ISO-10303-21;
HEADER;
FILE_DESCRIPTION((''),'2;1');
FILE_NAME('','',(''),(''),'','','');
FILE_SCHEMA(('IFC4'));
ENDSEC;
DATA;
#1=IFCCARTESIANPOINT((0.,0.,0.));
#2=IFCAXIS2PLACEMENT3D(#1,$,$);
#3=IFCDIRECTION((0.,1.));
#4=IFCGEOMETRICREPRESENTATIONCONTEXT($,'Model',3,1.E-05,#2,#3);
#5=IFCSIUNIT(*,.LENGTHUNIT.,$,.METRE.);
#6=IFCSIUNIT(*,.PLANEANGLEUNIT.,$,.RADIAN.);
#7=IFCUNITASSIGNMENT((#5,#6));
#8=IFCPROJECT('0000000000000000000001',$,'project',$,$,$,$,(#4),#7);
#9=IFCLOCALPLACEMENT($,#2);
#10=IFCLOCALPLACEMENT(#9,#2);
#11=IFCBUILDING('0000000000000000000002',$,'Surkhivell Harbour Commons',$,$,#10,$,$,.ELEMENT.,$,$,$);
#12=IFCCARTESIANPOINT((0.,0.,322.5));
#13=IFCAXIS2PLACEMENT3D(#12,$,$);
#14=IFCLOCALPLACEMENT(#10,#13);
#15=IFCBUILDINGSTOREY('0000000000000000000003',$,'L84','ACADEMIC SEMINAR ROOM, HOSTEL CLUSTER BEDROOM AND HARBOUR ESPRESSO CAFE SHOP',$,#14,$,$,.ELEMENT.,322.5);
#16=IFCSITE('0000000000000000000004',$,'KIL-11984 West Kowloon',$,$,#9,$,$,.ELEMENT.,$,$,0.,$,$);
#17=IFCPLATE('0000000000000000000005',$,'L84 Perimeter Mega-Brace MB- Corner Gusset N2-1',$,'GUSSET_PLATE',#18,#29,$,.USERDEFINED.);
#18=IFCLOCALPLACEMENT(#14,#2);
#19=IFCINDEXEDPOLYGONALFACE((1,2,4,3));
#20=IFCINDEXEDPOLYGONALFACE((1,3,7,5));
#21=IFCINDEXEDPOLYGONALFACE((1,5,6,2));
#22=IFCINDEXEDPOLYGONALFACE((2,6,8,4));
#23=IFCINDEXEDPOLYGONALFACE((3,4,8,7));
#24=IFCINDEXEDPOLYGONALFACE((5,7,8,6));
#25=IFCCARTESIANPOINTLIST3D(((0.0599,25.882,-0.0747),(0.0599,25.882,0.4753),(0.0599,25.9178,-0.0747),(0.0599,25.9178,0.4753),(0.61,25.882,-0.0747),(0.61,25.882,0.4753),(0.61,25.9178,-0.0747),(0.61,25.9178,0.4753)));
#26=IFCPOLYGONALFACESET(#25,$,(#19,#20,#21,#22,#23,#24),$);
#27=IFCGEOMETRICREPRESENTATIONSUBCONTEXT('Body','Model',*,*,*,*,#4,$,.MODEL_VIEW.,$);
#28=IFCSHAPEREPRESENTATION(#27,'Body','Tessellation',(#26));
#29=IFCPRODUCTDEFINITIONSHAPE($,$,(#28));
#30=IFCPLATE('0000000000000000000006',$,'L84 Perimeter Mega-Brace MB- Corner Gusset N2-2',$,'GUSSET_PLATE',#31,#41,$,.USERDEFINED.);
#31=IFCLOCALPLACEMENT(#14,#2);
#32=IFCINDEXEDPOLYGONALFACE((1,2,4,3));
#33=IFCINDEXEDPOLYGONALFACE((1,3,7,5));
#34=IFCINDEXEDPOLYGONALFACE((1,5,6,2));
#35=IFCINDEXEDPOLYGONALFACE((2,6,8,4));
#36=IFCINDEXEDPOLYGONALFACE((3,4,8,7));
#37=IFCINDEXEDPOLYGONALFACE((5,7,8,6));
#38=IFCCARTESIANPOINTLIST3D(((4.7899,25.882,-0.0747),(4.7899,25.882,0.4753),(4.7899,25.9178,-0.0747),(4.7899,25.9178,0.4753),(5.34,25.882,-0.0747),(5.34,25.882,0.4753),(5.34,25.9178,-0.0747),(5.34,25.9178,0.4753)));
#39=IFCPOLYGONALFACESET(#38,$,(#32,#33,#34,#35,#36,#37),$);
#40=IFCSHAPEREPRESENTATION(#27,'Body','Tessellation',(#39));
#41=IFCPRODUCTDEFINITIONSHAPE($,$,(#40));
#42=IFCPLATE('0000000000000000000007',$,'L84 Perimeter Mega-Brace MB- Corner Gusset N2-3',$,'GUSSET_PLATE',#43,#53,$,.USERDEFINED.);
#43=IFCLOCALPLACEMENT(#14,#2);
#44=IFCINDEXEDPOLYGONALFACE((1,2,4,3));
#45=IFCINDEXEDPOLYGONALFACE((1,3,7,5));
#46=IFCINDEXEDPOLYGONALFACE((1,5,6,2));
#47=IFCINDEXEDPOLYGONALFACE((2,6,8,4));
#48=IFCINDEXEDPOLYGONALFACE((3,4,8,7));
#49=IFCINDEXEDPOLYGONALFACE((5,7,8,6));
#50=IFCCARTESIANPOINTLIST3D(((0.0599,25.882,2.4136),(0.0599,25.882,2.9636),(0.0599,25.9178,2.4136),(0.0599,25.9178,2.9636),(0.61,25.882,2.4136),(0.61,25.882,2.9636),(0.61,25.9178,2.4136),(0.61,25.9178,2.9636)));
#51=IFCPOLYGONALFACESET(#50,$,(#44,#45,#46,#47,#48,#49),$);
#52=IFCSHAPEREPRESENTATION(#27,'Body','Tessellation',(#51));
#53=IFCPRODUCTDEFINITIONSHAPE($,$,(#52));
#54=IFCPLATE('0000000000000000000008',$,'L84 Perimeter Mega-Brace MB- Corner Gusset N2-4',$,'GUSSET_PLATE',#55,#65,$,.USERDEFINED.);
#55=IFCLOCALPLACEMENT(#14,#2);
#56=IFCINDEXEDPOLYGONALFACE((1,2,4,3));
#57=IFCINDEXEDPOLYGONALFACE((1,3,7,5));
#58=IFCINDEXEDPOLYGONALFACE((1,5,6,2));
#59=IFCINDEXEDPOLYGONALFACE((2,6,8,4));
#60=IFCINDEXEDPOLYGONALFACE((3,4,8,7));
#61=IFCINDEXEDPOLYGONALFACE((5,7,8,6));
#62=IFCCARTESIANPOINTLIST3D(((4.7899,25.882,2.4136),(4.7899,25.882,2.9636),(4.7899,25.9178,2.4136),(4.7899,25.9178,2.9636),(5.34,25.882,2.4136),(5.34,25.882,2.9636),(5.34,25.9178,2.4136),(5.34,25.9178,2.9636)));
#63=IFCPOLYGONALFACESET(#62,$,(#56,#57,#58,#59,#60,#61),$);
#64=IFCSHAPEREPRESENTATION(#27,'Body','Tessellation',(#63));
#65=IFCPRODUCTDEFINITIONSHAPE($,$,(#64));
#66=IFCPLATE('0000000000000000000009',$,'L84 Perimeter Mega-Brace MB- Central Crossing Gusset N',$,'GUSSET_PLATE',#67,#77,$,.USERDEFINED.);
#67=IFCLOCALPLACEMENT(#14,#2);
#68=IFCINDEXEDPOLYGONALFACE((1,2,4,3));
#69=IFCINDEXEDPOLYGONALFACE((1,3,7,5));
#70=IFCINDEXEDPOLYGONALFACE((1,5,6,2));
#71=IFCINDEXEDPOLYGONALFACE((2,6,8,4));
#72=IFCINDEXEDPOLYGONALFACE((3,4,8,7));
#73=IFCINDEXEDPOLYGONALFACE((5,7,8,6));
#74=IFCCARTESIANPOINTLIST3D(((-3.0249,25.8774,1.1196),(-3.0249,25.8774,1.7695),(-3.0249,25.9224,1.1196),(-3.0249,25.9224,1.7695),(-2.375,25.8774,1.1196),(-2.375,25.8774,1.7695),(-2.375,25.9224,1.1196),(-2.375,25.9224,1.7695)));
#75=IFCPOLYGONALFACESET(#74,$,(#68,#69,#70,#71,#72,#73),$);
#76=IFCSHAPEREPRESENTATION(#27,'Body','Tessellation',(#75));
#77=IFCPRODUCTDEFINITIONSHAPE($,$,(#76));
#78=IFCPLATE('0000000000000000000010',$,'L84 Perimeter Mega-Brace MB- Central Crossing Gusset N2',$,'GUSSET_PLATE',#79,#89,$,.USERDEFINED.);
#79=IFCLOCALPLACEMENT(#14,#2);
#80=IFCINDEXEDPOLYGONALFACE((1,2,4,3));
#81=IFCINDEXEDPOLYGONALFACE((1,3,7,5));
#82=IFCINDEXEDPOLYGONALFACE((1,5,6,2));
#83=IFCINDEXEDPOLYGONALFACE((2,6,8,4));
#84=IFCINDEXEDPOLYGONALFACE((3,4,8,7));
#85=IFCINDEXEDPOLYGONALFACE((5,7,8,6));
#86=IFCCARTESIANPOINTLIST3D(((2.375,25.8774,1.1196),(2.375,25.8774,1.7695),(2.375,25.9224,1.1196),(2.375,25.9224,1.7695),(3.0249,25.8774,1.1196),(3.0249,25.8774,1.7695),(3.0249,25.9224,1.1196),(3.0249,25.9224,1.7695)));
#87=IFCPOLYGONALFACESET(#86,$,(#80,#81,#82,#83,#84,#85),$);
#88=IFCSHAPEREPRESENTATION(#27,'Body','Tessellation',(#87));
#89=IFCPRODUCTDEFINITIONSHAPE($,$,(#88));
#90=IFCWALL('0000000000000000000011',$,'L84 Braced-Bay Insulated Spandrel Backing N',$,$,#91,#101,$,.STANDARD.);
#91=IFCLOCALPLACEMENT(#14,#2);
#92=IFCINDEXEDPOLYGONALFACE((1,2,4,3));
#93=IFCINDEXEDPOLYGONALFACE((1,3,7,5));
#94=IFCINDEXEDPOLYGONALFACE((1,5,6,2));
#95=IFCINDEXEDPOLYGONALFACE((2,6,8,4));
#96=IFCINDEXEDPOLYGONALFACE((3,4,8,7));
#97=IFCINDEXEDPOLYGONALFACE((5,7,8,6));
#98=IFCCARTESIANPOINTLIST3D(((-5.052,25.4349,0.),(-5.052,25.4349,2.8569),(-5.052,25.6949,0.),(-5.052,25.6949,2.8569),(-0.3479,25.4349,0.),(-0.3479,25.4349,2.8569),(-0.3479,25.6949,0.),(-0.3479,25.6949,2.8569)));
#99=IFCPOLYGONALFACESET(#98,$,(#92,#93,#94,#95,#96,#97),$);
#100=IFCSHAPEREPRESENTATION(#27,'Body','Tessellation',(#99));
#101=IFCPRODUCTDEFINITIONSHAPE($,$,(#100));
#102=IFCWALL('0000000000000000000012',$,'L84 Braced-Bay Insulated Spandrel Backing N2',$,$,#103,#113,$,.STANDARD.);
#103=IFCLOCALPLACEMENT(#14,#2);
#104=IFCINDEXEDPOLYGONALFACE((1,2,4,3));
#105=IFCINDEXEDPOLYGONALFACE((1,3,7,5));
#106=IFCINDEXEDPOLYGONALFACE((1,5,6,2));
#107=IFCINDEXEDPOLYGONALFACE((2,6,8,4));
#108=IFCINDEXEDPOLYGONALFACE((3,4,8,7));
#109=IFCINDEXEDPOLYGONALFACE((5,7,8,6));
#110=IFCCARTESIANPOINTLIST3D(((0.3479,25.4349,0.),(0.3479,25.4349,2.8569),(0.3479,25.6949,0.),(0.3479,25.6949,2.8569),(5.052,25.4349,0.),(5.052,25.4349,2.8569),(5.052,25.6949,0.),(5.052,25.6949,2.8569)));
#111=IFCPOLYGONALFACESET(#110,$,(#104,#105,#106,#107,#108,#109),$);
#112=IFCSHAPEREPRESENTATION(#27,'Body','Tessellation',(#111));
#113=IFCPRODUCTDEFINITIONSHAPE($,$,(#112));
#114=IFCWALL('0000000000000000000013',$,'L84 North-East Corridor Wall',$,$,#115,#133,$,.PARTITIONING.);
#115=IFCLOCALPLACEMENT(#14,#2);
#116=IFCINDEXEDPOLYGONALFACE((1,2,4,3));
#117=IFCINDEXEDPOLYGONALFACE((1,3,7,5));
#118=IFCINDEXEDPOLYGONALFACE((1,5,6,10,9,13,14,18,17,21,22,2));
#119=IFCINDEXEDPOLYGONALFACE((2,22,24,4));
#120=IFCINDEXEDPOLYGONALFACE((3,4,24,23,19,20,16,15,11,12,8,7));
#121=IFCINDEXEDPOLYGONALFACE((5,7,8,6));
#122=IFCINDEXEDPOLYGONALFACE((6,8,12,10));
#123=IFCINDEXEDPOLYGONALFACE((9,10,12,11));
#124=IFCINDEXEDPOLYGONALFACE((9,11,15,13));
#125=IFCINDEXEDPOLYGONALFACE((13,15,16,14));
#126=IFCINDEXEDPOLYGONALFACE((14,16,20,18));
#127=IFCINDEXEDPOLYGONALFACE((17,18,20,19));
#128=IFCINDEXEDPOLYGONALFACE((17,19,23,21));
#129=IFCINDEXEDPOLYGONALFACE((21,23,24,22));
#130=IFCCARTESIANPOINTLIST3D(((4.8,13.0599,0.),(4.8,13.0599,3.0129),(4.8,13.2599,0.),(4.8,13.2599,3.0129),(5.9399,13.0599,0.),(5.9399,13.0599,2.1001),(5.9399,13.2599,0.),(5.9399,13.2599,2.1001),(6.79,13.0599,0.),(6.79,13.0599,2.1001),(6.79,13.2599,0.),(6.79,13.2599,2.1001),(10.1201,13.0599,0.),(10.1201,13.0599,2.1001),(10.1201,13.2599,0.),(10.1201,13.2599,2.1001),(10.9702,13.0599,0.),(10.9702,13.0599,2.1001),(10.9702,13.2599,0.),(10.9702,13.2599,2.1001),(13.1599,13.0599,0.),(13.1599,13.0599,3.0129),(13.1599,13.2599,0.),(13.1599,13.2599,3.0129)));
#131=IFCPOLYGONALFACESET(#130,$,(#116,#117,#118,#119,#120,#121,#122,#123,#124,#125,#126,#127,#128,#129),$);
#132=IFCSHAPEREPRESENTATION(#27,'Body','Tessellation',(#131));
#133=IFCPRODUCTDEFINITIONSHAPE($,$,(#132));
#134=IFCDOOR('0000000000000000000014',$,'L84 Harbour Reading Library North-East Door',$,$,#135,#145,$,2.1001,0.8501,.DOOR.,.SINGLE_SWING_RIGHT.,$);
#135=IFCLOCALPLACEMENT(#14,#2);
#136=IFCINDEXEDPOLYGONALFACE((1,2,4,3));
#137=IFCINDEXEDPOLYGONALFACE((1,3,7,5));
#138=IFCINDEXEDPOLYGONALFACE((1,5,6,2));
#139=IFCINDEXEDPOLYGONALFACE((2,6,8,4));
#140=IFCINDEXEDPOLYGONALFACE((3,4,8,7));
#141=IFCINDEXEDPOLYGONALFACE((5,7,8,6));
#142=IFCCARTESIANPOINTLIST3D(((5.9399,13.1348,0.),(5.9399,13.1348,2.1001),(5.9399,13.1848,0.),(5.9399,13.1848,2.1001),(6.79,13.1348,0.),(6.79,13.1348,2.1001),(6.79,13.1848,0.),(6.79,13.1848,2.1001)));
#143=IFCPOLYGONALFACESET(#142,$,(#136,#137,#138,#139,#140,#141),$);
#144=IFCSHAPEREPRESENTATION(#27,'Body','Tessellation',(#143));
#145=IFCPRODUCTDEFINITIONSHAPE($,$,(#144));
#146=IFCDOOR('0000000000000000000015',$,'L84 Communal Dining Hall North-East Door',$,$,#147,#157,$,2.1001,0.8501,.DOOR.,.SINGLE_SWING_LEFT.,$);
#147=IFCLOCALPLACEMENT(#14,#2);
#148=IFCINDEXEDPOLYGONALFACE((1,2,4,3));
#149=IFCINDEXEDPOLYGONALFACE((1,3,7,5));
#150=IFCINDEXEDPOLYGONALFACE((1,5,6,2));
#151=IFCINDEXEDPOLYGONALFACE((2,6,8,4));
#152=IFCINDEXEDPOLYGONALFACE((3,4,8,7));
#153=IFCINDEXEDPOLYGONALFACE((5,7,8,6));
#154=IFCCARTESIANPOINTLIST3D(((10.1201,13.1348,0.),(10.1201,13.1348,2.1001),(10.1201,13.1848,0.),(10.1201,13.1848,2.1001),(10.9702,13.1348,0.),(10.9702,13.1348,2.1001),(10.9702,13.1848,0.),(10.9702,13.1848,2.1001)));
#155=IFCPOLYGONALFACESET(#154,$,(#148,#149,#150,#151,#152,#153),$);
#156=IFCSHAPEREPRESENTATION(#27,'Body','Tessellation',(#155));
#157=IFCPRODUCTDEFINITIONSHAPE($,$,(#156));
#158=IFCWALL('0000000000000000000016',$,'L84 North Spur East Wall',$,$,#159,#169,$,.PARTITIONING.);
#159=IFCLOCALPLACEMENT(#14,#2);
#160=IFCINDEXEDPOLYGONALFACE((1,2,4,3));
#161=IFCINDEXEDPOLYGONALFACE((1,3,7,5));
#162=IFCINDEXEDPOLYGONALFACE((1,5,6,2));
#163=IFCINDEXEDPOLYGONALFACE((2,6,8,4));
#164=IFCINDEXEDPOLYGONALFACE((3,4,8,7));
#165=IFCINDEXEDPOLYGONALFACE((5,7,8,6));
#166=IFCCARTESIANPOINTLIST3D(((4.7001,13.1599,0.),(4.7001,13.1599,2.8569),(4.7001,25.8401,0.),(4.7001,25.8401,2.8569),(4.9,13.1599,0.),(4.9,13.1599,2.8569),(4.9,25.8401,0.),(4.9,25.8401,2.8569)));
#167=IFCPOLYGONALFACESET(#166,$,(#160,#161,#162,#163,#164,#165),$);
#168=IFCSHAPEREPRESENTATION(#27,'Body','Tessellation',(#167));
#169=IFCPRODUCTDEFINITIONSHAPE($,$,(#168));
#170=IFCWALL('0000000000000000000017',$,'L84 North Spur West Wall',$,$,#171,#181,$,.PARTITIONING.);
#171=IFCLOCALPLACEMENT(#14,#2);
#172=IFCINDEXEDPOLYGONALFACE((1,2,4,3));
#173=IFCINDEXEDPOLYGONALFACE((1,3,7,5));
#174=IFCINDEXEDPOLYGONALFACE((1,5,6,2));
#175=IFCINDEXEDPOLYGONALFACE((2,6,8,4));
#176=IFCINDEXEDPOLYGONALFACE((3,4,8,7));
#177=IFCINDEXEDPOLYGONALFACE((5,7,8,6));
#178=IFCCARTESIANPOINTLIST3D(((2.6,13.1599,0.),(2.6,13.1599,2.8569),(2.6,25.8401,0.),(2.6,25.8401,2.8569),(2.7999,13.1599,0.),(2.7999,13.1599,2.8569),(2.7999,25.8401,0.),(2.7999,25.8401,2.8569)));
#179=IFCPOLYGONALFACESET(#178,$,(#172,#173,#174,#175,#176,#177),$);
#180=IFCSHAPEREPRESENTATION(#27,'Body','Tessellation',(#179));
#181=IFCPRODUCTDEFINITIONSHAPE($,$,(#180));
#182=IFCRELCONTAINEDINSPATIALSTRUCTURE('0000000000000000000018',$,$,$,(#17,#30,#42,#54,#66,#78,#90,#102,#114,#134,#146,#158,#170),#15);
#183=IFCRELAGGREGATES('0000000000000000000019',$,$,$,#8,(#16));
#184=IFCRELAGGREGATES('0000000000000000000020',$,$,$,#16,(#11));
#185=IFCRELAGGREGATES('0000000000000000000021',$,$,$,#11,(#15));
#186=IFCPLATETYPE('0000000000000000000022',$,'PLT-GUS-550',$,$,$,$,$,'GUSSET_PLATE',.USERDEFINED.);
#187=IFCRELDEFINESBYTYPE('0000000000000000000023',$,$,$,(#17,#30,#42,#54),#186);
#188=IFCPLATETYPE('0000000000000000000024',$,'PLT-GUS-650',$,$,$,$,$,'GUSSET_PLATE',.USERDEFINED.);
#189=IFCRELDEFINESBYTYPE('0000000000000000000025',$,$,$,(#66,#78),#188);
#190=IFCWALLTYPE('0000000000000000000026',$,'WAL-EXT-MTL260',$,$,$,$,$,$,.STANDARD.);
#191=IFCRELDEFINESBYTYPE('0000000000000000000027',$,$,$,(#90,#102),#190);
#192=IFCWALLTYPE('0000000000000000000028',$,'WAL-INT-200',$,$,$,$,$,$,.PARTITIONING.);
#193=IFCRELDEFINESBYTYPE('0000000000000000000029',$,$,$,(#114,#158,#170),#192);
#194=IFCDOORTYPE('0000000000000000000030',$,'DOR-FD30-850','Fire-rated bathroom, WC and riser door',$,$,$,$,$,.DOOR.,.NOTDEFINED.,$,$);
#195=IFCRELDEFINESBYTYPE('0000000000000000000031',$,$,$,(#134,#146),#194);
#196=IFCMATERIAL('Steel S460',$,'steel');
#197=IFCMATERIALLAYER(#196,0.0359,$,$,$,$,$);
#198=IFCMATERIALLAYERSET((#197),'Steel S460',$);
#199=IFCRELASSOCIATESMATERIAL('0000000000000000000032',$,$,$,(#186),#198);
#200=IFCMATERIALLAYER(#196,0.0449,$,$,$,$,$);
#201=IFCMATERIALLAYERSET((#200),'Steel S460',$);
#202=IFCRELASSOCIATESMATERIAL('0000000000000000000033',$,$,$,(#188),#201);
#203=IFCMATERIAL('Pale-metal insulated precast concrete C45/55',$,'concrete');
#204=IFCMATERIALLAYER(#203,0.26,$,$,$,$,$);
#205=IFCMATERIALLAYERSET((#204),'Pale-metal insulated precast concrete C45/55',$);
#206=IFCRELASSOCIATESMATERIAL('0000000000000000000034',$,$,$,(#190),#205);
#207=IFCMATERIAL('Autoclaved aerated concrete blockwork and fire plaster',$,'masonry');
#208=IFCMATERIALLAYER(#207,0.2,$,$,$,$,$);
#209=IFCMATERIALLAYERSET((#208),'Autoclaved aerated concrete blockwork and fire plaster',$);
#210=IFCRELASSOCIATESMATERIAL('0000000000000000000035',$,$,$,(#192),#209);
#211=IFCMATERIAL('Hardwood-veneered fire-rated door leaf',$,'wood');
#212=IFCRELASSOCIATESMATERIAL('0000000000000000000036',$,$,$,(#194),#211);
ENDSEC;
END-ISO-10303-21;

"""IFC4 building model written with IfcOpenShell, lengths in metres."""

from ifc_helpers import new_model, si_unit, direction, frame, frame_2d, origin, origin_2d, place, context, subcontext, project, spatial, rectangle, extrude, material, layer, layer_set, type_object, element, fill, save


model = new_model("IFC4")

# Units and contexts
model_context = context("Model", 3, precision=1e-05, world=origin(), true_north=direction((0.0, 1.0)))
body_context = subcontext(model_context, "Body", "Model", "MODEL_VIEW")
ifc_project = project(units=[si_unit("LENGTHUNIT", "METRE"), si_unit("PLANEANGLEUNIT", "RADIAN")], contexts=[model_context])

# Site, building, storey
site_placement = place(None, origin())
site = spatial("IfcSite", under=ifc_project, at=site_placement, Name="KIL-11984 West Kowloon", CompositionType="ELEMENT", RefElevation=0.0)
building_placement = place(site_placement, origin())
building = spatial("IfcBuilding", under=site, at=building_placement, Name="Surkhivell Harbour Commons", CompositionType="ELEMENT")
storey_placement = place(building_placement, frame((0.0, 0.0, 322.5)))
storey = spatial("IfcBuildingStorey", under=building, at=storey_placement, Name="L84", Description="ACADEMIC SEMINAR ROOM, HOSTEL CLUSTER BEDROOM AND HARBOUR ESPRESSO CAFE SHOP", CompositionType="ELEMENT", Elevation=322.5)

# Plates
ifc_material_1 = material(Name="Steel S460", Category="steel")
ifc_layer_1 = layer(ifc_material_1, 0.0359)
ifc_layer_set_1 = layer_set([ifc_layer_1], Name="Steel S460")
plate_type_1 = type_object("IfcPlateType", Name="PLT-GUS-550", ElementType="GUSSET_PLATE", PredefinedType="USERDEFINED", material=ifc_layer_set_1)
for number, where, z_axis, x_axis, name in (
    (1, (0.335, 25.8999, -0.0747), (0.0, 0.0, 1.0), (1.0, 0.0, 0.0), "L84 Perimeter Mega-Brace MB- Corner Gusset N2-1"),
    (2, (5.0649, 25.8999, -0.0747), (0.0, 0.0, 1.0), (1.0, 0.0, 0.0), "L84 Perimeter Mega-Brace MB- Corner Gusset N2-2"),
    (3, (0.335, 25.8999, 2.4136), (0.0, 0.0, 1.0), (1.0, 0.0, 0.0), "L84 Perimeter Mega-Brace MB- Corner Gusset N2-3"),
    (4, (5.0649, 25.8999, 2.4136), (0.0, 0.0, 1.0), (1.0, 0.0, 0.0), "L84 Perimeter Mega-Brace MB- Corner Gusset N2-4"),
):
    element("IfcPlate", number, at=place(storey_placement, frame(where, z_axis=z_axis, x_axis=x_axis)), inside=storey, type_object=plate_type_1, Name=name, ObjectType="GUSSET_PLATE", PredefinedType="USERDEFINED", context=body_context, shape_type="SweptSolid", body=[
        extrude(rectangle(XDim=0.55, YDim=0.0359, at=origin_2d()), origin(), (0.0, 0.0, 1.0), 0.55),
    ])
ifc_layer_2 = layer(ifc_material_1, 0.0449)
ifc_layer_set_2 = layer_set([ifc_layer_2], Name="Steel S460")
plate_type_2 = type_object("IfcPlateType", Name="PLT-GUS-650", ElementType="GUSSET_PLATE", PredefinedType="USERDEFINED", material=ifc_layer_set_2)
for number, where, z_axis, x_axis, name in (
    (5, (-2.7, 25.8999, 1.1196), (0.0, 0.0, 1.0), (1.0, 0.0, 0.0), "L84 Perimeter Mega-Brace MB- Central Crossing Gusset N"),
    (6, (2.7, 25.8999, 1.1196), (0.0, 0.0, 1.0), (1.0, 0.0, 0.0), "L84 Perimeter Mega-Brace MB- Central Crossing Gusset N2"),
):
    element("IfcPlate", number, at=place(storey_placement, frame(where, z_axis=z_axis, x_axis=x_axis)), inside=storey, type_object=plate_type_2, Name=name, ObjectType="GUSSET_PLATE", PredefinedType="USERDEFINED", context=body_context, shape_type="SweptSolid", body=[
        extrude(rectangle(XDim=0.6499, YDim=0.0449, at=origin_2d()), origin(), (0.0, 0.0, 1.0), 0.6499),
    ])

# Walls
ifc_material_2 = material(Name="Pale-metal insulated precast concrete C45/55", Category="concrete")
ifc_layer_3 = layer(ifc_material_2, 0.26)
ifc_layer_set_3 = layer_set([ifc_layer_3], Name="Pale-metal insulated precast concrete C45/55")
wall_type_1 = type_object("IfcWallType", Name="WAL-EXT-MTL260", PredefinedType="STANDARD", material=ifc_layer_set_3)
for number, where, z_axis, x_axis, name in (
    (7, (-0.3479, 25.5649, 0.0), (0.0, 0.0, 1.0), (-1.0, 0.0, 0.0), "L84 Braced-Bay Insulated Spandrel Backing N"),
    (8, (5.052, 25.5649, 0.0), (0.0, 0.0, 1.0), (-1.0, 0.0, 0.0), "L84 Braced-Bay Insulated Spandrel Backing N2"),
):
    element("IfcWall", number, at=place(storey_placement, frame(where, z_axis=z_axis, x_axis=x_axis)), inside=storey, type_object=wall_type_1, Name=name, PredefinedType="STANDARD", context=body_context, shape_type="SweptSolid", body=[
        extrude(rectangle(XDim=4.7041, YDim=0.26, at=frame_2d((2.3521, 0.0))), origin(), (0.0, 0.0, 1.0), 2.8569),
    ])

# Wall, openings, doors
ifc_material_3 = material(Name="Autoclaved aerated concrete blockwork and fire plaster", Category="masonry")
ifc_layer_4 = layer(ifc_material_3, 0.2)
ifc_layer_set_4 = layer_set([ifc_layer_4], Name="Autoclaved aerated concrete blockwork and fire plaster")
wall_type_2 = type_object("IfcWallType", Name="WAL-INT-200", PredefinedType="PARTITIONING", material=ifc_layer_set_4)
wall_placement = place(storey_placement, frame((4.8, 13.1599, 0.0), z_axis=(0.0, 0.0, 1.0), x_axis=(1.0, 0.0, 0.0)))
wall = element("IfcWall", 9, at=wall_placement, inside=storey, type_object=wall_type_2, Name="L84 North-East Corridor Wall", PredefinedType="PARTITIONING", context=body_context, shape_type="SweptSolid", body=[
    extrude(rectangle(XDim=8.3599, YDim=0.2, at=frame_2d((4.1799, 0.0))), origin(), (0.0, 0.0, 1.0), 3.0129),
])
opening_1_placement = place(wall_placement, frame((1.1399, 0.0, 0.0)))
opening_1 = element("IfcOpeningElement", 10, at=opening_1_placement, cuts=wall, PredefinedType="OPENING", context=body_context, shape_type="SweptSolid", body=[
    extrude(rectangle(XDim=0.8501, YDim=2.1001, at=frame_2d((0.425, 1.05))), frame((0.0, 0.1099, 0.0), z_axis=(0.0, -1.0, 0.0), x_axis=(1.0, 0.0, 0.0)), (0.0, 0.0, 1.0), 0.22),
])
opening_2_placement = place(wall_placement, frame((5.3201, 0.0, 0.0)))
opening_2 = element("IfcOpeningElement", 11, at=opening_2_placement, cuts=wall, PredefinedType="OPENING", context=body_context, shape_type="SweptSolid", body=[
    extrude(rectangle(XDim=0.8501, YDim=2.1001, at=frame_2d((0.425, 1.05))), frame((0.0, 0.1099, 0.0), z_axis=(0.0, -1.0, 0.0), x_axis=(1.0, 0.0, 0.0)), (0.0, 0.0, 1.0), 0.22),
])
ifc_material_4 = material(Name="Hardwood-veneered fire-rated door leaf", Category="wood")
door_type = type_object("IfcDoorType", Name="DOR-FD30-850", Description="Fire-rated bathroom, WC and riser door", OperationType="NOTDEFINED", PredefinedType="DOOR", material=ifc_material_4)
door_1_placement = place(opening_1_placement, origin())
door_1 = element("IfcDoor", 12, at=door_1_placement, inside=storey, type_object=door_type, Name="L84 Harbour Reading Library North-East Door", OperationType="SINGLE_SWING_RIGHT", OverallHeight=2.1001, OverallWidth=0.8501, PredefinedType="DOOR", context=body_context, shape_type="SweptSolid", body=[
    extrude(rectangle(XDim=0.8501, YDim=2.1001, at=frame_2d((0.425, 1.05))), frame((0.0, 0.0249, 0.0), z_axis=(0.0, -1.0, 0.0), x_axis=(1.0, 0.0, 0.0)), (0.0, 0.0, 1.0), 0.05),
])
fill(opening_1, door_1)
door_2_placement = place(opening_2_placement, origin())
door_2 = element("IfcDoor", 13, at=door_2_placement, inside=storey, type_object=door_type, Name="L84 Communal Dining Hall North-East Door", OperationType="SINGLE_SWING_LEFT", OverallHeight=2.1001, OverallWidth=0.8501, PredefinedType="DOOR", context=body_context, shape_type="SweptSolid", body=[
    extrude(rectangle(XDim=0.8501, YDim=2.1001, at=frame_2d((0.425, 1.05))), frame((0.0, 0.0249, 0.0), z_axis=(0.0, -1.0, 0.0), x_axis=(1.0, 0.0, 0.0)), (0.0, 0.0, 1.0), 0.05),
])
fill(opening_2, door_2)

# Walls
for number, where, z_axis, x_axis, name in (
    (14, (4.8, 13.1599, 0.0), (0.0, 0.0, 1.0), (0.0, 1.0, 0.0), "L84 North Spur East Wall"),
    (15, (2.7, 13.1599, 0.0), (0.0, 0.0, 1.0), (0.0, 1.0, 0.0), "L84 North Spur West Wall"),
):
    element("IfcWall", number, at=place(storey_placement, frame(where, z_axis=z_axis, x_axis=x_axis)), inside=storey, type_object=wall_type_2, Name=name, PredefinedType="PARTITIONING", context=body_context, shape_type="SweptSolid", body=[
        extrude(rectangle(XDim=12.6802, YDim=0.2, at=frame_2d((6.3401, 0.0))), origin(), (0.0, 0.0, 1.0), 2.8569),
    ])

save(model, "model.ifc")
